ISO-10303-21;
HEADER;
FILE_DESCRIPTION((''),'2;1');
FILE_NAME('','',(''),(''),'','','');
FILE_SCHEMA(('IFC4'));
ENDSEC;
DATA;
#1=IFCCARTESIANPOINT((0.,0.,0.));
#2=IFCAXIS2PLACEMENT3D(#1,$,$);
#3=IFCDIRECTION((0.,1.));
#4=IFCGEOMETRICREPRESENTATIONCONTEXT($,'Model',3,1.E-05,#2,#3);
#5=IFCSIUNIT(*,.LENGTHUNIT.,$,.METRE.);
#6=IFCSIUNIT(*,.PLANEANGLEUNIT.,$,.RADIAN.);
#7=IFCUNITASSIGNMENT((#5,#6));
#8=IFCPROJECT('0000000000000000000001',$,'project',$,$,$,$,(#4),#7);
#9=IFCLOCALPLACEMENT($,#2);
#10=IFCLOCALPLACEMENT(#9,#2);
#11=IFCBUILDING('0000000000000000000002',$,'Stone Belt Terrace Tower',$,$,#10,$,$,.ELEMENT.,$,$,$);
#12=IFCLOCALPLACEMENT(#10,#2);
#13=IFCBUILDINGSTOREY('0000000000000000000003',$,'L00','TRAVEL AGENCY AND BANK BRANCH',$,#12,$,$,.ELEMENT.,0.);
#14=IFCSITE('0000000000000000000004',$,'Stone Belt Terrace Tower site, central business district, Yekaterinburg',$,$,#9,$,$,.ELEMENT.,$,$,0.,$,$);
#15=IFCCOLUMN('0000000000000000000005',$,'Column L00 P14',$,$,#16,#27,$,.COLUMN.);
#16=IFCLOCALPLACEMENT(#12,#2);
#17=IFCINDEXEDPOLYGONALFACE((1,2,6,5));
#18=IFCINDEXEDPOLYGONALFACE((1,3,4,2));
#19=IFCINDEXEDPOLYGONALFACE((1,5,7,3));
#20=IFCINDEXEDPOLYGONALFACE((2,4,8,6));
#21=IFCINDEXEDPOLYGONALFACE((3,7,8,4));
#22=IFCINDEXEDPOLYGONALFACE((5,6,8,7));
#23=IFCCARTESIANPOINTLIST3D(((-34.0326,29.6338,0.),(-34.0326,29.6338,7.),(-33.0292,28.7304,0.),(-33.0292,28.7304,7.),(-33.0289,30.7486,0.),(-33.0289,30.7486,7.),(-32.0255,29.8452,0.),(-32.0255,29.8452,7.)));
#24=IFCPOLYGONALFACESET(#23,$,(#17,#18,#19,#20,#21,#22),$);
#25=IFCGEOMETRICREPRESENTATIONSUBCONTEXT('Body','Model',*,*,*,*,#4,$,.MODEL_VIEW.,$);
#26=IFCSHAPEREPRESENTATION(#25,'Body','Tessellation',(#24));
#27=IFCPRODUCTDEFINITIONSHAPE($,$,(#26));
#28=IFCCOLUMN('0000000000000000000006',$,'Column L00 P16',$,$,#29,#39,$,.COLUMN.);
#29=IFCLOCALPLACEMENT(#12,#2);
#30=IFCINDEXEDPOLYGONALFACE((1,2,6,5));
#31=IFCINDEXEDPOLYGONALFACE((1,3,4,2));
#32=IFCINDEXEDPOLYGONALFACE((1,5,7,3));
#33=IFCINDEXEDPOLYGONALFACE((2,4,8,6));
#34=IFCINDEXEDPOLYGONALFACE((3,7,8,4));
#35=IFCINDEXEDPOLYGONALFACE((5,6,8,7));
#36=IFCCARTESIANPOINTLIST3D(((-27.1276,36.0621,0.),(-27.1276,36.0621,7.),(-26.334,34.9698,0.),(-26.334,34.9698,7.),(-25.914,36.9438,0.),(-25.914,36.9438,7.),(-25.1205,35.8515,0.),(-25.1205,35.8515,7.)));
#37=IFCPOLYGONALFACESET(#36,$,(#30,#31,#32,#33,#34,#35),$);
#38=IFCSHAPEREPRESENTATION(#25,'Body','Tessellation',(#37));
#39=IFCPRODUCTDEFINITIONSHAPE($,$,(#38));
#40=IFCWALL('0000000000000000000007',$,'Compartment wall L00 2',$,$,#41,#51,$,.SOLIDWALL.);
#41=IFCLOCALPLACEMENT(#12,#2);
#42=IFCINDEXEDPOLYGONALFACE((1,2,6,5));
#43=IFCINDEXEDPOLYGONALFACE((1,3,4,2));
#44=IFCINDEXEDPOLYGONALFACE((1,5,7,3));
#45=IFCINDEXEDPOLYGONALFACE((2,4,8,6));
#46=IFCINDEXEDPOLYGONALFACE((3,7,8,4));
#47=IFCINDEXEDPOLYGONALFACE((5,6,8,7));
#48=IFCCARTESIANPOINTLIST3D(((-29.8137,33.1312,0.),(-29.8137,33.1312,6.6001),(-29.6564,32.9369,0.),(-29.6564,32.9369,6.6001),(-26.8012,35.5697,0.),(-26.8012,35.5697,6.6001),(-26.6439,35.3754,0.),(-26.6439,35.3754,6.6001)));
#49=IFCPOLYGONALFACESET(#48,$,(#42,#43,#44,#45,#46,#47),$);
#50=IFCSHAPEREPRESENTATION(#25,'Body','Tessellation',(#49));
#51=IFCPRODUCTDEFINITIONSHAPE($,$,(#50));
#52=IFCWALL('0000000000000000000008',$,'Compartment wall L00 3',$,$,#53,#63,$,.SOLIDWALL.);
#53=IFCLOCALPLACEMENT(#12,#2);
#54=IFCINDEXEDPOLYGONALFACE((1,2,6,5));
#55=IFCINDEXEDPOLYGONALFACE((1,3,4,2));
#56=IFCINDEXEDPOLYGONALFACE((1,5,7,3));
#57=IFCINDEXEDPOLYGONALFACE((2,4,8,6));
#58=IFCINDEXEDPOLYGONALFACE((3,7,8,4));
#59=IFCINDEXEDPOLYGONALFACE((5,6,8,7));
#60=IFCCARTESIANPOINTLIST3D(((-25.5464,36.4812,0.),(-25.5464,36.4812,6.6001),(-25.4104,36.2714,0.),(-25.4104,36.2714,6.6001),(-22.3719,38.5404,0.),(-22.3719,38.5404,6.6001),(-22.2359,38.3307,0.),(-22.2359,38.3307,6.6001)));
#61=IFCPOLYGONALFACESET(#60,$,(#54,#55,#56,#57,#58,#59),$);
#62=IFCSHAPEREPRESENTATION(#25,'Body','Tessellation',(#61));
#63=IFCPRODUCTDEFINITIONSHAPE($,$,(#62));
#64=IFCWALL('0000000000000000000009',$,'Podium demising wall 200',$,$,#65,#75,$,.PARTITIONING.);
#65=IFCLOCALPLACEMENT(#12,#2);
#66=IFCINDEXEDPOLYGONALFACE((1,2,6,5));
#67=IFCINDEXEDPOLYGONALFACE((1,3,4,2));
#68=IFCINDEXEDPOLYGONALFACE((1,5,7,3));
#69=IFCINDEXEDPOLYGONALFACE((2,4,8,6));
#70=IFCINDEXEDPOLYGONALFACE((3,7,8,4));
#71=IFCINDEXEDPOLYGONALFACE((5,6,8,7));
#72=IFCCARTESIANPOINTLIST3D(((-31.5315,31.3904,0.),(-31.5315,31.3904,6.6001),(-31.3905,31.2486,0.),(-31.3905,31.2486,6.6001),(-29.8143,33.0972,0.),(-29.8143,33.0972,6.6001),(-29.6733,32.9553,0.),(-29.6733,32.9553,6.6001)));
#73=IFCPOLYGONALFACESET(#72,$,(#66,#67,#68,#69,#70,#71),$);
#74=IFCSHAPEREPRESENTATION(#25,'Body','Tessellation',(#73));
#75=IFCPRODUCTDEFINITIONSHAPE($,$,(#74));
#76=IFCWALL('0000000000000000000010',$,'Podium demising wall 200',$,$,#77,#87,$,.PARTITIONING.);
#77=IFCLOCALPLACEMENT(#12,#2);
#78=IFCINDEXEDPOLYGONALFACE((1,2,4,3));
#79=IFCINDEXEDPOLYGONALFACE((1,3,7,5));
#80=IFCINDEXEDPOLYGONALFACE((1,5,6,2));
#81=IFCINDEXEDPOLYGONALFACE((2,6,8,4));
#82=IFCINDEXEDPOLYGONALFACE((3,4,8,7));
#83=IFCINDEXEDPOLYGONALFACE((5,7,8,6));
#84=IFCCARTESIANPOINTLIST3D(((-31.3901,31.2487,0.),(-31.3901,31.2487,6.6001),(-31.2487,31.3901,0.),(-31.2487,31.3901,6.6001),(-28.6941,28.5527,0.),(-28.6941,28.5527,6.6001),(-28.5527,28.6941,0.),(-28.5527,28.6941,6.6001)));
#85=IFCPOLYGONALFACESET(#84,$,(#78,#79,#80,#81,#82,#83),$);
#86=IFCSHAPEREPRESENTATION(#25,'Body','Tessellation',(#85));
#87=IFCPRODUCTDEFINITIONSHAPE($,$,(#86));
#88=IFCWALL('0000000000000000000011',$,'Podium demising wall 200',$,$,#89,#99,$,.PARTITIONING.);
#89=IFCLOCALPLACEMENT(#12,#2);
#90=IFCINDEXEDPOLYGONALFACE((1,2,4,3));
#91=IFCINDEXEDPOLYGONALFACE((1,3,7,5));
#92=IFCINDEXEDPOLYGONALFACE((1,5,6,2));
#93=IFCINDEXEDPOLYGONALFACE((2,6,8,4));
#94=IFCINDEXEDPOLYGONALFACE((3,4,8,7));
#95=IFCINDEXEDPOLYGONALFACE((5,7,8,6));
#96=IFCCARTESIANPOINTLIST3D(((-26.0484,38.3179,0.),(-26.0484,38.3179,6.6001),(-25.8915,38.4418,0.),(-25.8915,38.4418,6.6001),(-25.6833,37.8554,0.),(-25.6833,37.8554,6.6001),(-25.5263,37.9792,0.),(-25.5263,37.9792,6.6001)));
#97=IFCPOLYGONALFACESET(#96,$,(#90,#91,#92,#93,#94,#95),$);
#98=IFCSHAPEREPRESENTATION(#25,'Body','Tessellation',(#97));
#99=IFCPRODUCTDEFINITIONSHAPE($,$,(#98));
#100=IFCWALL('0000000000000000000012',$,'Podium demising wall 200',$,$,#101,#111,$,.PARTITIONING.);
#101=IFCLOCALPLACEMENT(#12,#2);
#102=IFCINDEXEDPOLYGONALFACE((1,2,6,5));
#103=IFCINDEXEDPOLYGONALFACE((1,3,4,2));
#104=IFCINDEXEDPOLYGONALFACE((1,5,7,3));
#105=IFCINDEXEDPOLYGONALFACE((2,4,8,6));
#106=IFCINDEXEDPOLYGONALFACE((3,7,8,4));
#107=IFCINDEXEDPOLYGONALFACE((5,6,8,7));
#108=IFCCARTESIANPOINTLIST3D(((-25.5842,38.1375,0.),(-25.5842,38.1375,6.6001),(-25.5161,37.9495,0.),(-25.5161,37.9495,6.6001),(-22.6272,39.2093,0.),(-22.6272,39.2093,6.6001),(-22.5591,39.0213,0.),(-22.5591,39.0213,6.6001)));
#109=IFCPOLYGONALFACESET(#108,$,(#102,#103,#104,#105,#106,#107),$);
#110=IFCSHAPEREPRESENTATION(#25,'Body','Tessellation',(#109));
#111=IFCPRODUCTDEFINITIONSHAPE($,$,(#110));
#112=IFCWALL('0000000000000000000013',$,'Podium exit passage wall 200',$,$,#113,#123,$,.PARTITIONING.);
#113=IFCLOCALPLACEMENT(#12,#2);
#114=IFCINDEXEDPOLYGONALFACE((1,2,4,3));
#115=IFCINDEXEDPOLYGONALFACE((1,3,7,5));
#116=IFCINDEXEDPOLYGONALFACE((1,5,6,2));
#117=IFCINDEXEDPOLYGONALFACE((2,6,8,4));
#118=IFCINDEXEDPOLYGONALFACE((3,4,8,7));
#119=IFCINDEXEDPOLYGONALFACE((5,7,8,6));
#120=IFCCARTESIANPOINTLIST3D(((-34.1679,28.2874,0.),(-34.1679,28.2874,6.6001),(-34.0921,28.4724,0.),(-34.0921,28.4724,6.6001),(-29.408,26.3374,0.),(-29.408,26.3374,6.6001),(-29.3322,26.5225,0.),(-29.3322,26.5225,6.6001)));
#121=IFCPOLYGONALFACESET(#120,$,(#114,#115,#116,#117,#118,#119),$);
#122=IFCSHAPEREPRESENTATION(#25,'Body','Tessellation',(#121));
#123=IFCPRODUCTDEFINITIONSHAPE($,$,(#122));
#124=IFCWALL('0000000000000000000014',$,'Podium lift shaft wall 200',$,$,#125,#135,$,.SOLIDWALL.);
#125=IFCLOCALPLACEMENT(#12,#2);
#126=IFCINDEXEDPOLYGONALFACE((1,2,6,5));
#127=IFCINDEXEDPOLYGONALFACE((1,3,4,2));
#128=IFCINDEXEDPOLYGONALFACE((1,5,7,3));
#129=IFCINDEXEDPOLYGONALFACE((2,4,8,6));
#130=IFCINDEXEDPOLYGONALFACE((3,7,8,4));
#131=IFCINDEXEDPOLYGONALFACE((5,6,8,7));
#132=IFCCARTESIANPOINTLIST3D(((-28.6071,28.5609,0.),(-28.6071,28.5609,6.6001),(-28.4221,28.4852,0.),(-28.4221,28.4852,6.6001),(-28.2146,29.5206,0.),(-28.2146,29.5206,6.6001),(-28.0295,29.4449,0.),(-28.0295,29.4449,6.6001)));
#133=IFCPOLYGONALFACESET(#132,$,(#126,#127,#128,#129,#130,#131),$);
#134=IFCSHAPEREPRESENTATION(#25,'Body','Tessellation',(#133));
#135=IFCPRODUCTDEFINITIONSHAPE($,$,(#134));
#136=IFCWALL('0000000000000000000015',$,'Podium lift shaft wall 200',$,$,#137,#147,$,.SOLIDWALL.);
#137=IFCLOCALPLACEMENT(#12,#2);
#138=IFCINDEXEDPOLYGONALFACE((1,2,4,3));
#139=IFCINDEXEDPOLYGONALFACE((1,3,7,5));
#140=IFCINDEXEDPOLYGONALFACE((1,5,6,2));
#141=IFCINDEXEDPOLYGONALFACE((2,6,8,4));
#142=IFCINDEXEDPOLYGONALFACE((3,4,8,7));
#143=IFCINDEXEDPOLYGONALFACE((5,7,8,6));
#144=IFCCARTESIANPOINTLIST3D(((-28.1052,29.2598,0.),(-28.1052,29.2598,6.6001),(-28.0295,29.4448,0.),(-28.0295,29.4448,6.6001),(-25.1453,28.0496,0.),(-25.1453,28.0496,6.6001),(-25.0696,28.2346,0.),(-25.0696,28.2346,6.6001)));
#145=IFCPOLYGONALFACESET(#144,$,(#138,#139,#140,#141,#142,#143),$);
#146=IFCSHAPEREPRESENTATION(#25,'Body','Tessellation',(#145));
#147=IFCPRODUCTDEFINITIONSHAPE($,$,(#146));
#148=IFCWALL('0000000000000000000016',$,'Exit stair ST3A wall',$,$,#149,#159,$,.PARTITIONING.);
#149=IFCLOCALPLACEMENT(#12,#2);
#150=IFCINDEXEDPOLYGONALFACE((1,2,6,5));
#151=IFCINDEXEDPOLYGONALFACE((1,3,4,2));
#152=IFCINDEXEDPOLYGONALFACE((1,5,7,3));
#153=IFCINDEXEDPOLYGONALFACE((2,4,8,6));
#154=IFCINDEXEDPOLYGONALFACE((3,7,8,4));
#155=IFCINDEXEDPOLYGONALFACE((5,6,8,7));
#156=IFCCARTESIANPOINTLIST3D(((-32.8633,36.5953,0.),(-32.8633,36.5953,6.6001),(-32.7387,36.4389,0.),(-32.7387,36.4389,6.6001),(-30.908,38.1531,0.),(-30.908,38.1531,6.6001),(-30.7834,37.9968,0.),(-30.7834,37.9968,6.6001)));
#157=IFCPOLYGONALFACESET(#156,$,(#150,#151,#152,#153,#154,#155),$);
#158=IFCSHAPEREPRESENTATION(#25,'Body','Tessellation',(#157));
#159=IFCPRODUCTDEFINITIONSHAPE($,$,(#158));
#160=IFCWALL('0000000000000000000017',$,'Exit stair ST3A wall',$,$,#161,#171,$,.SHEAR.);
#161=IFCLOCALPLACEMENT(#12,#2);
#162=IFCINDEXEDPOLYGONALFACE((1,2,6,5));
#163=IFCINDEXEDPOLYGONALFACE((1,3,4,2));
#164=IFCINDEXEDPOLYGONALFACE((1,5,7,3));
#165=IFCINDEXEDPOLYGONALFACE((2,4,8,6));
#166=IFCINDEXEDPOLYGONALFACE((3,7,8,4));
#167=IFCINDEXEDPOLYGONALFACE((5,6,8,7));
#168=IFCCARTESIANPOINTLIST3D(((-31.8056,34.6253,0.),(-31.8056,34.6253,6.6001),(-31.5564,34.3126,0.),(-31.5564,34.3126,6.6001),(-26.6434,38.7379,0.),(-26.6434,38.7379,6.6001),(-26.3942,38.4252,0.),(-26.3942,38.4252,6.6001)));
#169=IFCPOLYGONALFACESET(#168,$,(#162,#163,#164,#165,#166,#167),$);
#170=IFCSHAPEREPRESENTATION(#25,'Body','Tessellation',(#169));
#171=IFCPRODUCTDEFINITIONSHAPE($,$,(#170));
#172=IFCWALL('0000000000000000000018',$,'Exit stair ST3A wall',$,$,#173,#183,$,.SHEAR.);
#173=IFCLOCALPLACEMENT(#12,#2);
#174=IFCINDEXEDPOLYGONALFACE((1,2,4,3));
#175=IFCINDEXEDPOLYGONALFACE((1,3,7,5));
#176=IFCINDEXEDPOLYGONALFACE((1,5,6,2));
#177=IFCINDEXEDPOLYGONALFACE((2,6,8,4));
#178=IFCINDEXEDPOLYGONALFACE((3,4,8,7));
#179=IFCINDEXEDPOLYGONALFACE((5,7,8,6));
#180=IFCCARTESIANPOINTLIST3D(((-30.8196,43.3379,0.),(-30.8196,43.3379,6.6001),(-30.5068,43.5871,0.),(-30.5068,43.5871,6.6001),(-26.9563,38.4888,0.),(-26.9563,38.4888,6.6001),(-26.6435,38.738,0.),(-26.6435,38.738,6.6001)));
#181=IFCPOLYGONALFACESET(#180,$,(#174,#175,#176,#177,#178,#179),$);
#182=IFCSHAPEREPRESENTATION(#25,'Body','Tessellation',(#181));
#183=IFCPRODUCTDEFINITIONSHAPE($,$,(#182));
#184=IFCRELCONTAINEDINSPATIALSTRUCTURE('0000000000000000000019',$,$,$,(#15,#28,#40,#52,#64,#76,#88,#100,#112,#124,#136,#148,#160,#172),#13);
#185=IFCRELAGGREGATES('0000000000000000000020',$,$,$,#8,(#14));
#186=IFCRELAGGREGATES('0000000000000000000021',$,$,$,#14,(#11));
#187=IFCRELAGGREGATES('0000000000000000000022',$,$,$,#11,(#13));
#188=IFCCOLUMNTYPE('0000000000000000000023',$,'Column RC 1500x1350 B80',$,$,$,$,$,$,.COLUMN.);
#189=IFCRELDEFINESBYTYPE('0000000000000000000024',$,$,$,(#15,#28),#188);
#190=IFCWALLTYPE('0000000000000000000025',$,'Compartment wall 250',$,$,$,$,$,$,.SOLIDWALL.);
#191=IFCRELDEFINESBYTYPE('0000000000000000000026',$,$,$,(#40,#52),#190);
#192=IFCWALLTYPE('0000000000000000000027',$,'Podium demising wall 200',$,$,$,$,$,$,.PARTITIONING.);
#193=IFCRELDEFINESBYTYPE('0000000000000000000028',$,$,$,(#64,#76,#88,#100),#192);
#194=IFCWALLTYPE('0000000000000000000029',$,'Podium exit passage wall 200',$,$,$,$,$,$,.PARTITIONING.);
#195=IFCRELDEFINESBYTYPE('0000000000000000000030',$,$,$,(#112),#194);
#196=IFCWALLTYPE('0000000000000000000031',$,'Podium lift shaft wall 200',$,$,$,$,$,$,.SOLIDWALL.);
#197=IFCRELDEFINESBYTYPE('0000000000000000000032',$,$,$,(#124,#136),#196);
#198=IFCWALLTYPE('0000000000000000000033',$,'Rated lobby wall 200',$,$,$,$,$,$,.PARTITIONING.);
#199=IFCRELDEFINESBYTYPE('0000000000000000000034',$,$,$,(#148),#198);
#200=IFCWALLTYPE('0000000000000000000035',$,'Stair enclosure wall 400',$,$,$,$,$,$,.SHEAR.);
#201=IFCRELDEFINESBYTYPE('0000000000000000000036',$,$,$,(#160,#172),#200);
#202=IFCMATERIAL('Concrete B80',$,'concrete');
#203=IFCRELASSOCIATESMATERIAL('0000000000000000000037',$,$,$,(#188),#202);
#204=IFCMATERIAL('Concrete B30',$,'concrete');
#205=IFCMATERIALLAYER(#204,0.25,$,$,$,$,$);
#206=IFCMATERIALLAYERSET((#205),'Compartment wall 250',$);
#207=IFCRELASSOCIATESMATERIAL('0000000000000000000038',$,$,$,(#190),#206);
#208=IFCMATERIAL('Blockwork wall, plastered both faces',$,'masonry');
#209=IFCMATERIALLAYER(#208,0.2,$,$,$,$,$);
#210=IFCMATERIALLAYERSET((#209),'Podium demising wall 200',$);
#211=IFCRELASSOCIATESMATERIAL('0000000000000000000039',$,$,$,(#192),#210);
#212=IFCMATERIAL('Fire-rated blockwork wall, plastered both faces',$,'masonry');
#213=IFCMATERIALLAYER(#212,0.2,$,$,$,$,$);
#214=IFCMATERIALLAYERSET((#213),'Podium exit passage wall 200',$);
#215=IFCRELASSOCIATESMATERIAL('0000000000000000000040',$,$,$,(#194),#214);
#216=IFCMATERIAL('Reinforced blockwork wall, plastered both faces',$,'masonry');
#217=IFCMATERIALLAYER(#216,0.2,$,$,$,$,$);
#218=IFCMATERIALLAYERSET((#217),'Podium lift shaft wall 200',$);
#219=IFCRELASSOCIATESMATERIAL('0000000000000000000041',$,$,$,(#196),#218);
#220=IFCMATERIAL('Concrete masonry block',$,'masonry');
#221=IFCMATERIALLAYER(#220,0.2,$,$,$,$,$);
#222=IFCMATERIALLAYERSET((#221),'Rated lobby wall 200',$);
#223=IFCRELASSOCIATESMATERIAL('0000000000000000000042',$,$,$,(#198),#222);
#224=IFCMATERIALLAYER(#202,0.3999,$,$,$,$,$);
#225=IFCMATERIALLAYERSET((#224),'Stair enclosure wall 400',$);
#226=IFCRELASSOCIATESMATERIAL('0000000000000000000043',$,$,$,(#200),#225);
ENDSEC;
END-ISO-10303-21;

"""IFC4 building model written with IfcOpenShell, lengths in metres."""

from ifc_helpers import new_model, si_unit, direction, frame, frame_2d, origin, origin_2d, place, context, subcontext, project, spatial, rectangle, extrude, material, layer, layer_set, material_profile, profile_set, type_object, element, save


model = new_model("IFC4")

# Units and contexts
model_context = context("Model", 3, precision=1e-05, world=origin(), true_north=direction((0.0, 1.0)))
body_context = subcontext(model_context, "Body", "Model", "MODEL_VIEW")
ifc_project = project(units=[si_unit("LENGTHUNIT", "METRE"), si_unit("PLANEANGLEUNIT", "RADIAN")], contexts=[model_context])

# Site, building, storey
site_placement = place(None, origin())
site = spatial("IfcSite", under=ifc_project, at=site_placement, Name="Stone Belt Terrace Tower site, central business district, Yekaterinburg", CompositionType="ELEMENT", RefElevation=0.0)
building_placement = place(site_placement, origin())
building = spatial("IfcBuilding", under=site, at=building_placement, Name="Stone Belt Terrace Tower", CompositionType="ELEMENT")
storey_placement = place(building_placement, origin())
storey = spatial("IfcBuildingStorey", under=building, at=storey_placement, Name="L00", Description="TRAVEL AGENCY AND BANK BRANCH", CompositionType="ELEMENT", Elevation=0.0)

# Columns
ifc_material_1 = material(Name="Concrete B80", Category="concrete")
ifc_material_profile = material_profile(ifc_material_1, rectangle(XDim=1.5, YDim=1.3501, at=origin_2d()), Name="RC 1500x1350")
ifc_profile_set = profile_set([ifc_material_profile], Name="Concrete B80")
column_type = type_object("IfcColumnType", Name="Column RC 1500x1350 B80", PredefinedType="COLUMN", material=ifc_profile_set)
for number, where, z_axis, x_axis, name in (
    (1, (-33.0291, 29.7395, 0.0), (0.0, 0.0, 1.0), (0.669131, 0.743145, 0.0), "Column L00 P14"),
    (2, (-26.124, 35.9568, 0.0), (0.0, 0.0, 1.0), (0.809017, 0.587785, 0.0), "Column L00 P16"),
):
    element("IfcColumn", number, at=place(storey_placement, frame(where, z_axis=z_axis, x_axis=x_axis)), inside=storey, type_object=column_type, Name=name, PredefinedType="COLUMN", context=body_context, shape_type="SweptSolid", body=[
        extrude(rectangle(XDim=1.5, YDim=1.3501, at=origin_2d()), origin(), (0.0, 0.0, 1.0), 7.0),
    ])

# Walls
ifc_material_2 = material(Name="Concrete B30", Category="concrete")
ifc_layer_1 = layer(ifc_material_2, 0.25)
ifc_layer_set_1 = layer_set([ifc_layer_1], Name="Compartment wall 250")
wall_type_1 = type_object("IfcWallType", Name="Compartment wall 250", PredefinedType="SOLIDWALL", material=ifc_layer_set_1)
wall_1_placement = place(storey_placement, frame((-29.7351, 33.0339, 0.0), z_axis=(0.0, 0.0, 1.0), x_axis=(0.777267, 0.629171, 0.0)))
element("IfcWall", 3, at=wall_1_placement, inside=storey, type_object=wall_type_1, Name="Compartment wall L00 2", PredefinedType="SOLIDWALL", context=body_context, shape_type="SweptSolid", body=[
    extrude(rectangle(XDim=3.8757, YDim=0.25, at=frame_2d((1.938, 0.0))), origin(), (0.0, 0.0, 1.0), 6.6001),
])
wall_2_placement = place(storey_placement, frame((-25.4785, 36.3762, 0.0), z_axis=(0.0, 0.0, 1.0), x_axis=(0.838943, 0.544219, 0.0)))
element("IfcWall", 4, at=wall_2_placement, inside=storey, type_object=wall_type_1, Name="Compartment wall L00 3", PredefinedType="SOLIDWALL", context=body_context, shape_type="SweptSolid", body=[
    extrude(rectangle(XDim=3.7839, YDim=0.25, at=frame_2d((1.8921, 0.0))), origin(), (0.0, 0.0, 1.0), 6.6001),
])
ifc_material_3 = material(Name="Blockwork wall, plastered both faces", Category="masonry")
ifc_layer_2 = layer(ifc_material_3, 0.2)
ifc_layer_set_2 = layer_set([ifc_layer_2], Name="Podium demising wall 200")
wall_type_2 = type_object("IfcWallType", Name="Podium demising wall 200", PredefinedType="PARTITIONING", material=ifc_layer_set_2)
wall_3_placement = place(storey_placement, frame((-31.4609, 31.3196, 0.0), z_axis=(0.0, 0.0, 1.0), x_axis=(0.709271, 0.704936, 0.0)))
element("IfcWall", 5, at=wall_3_placement, inside=storey, type_object=wall_type_2, Name="Podium demising wall 200", PredefinedType="PARTITIONING", context=body_context, shape_type="SweptSolid", body=[
    extrude(rectangle(XDim=2.4211, YDim=0.2, at=frame_2d((1.2104, 0.0))), origin(), (0.0, 0.0, 1.0), 6.6001),
])
wall_4_placement = place(storey_placement, frame((-31.3193, 31.3193, 0.0), z_axis=(0.0, 0.0, 1.0), x_axis=(0.707107, -0.707107, 0.0)))
element("IfcWall", 6, at=wall_4_placement, inside=storey, type_object=wall_type_2, Name="Podium demising wall 200", PredefinedType="PARTITIONING", context=body_context, shape_type="SweptSolid", body=[
    extrude(rectangle(XDim=3.8127, YDim=0.2, at=frame_2d((1.9062, 0.0))), origin(), (0.0, 0.0, 1.0), 6.6001),
])
wall_5_placement = place(storey_placement, frame((-25.97, 38.3799, 0.0), z_axis=(0.0, 0.0, 1.0), x_axis=(0.619631, -0.784893, 0.0)))
element("IfcWall", 7, at=wall_5_placement, inside=storey, type_object=wall_type_2, Name="Podium demising wall 200", PredefinedType="PARTITIONING", context=body_context, shape_type="SweptSolid", body=[
    extrude(rectangle(XDim=0.5894, YDim=0.2, at=frame_2d((0.2947, 0.0))), origin(), (0.0, 0.0, 1.0), 6.6001),
])
wall_6_placement = place(storey_placement, frame((-25.5503, 38.0435, 0.0), z_axis=(0.0, 0.0, 1.0), x_axis=(0.940151, 0.340758, 0.0)))
element("IfcWall", 8, at=wall_6_placement, inside=storey, type_object=wall_type_2, Name="Podium demising wall 200", PredefinedType="PARTITIONING", context=body_context, shape_type="SweptSolid", body=[
    extrude(rectangle(XDim=3.1453, YDim=0.2, at=frame_2d((1.5728, 0.0))), origin(), (0.0, 0.0, 1.0), 6.6001),
])
ifc_material_4 = material(Name="Fire-rated blockwork wall, plastered both faces", Category="masonry")
ifc_layer_3 = layer(ifc_material_4, 0.2)
ifc_layer_set_3 = layer_set([ifc_layer_3], Name="Podium exit passage wall 200")
wall_type_3 = type_object("IfcWallType", Name="Podium exit passage wall 200", PredefinedType="PARTITIONING", material=ifc_layer_set_3)
wall_7_placement = place(storey_placement, frame((-34.1299, 28.3799, 0.0), z_axis=(0.0, 0.0, 1.0), x_axis=(0.925358, -0.379095, 0.0)))
element("IfcWall", 9, at=wall_7_placement, inside=storey, type_object=wall_type_3, Name="Podium exit passage wall 200", PredefinedType="PARTITIONING", context=body_context, shape_type="SweptSolid", body=[
    extrude(rectangle(XDim=5.1438, YDim=0.2, at=frame_2d((2.5718, 0.0))), origin(), (0.0, 0.0, 1.0), 6.6001),
])
ifc_material_5 = material(Name="Reinforced blockwork wall, plastered both faces", Category="masonry")
ifc_layer_4 = layer(ifc_material_5, 0.2)
ifc_layer_set_4 = layer_set([ifc_layer_4], Name="Podium lift shaft wall 200")
wall_type_4 = type_object("IfcWallType", Name="Podium lift shaft wall 200", PredefinedType="SOLIDWALL", material=ifc_layer_set_4)
wall_8_placement = place(storey_placement, frame((-28.5146, 28.5229, 0.0), z_axis=(0.0, 0.0, 1.0), x_axis=(0.378605, 0.925558, 0.0)))
element("IfcWall", 10, at=wall_8_placement, inside=storey, type_object=wall_type_4, Name="Podium lift shaft wall 200", PredefinedType="SOLIDWALL", context=body_context, shape_type="SweptSolid", body=[
    extrude(rectangle(XDim=1.0369, YDim=0.2, at=frame_2d((0.5186, 0.0))), origin(), (0.0, 0.0, 1.0), 6.6001),
])
wall_9_placement = place(storey_placement, frame((-28.0674, 29.3523, 0.0), z_axis=(0.0, 0.0, 1.0), x_axis=(0.925622, -0.378449, 0.0)))
element("IfcWall", 11, at=wall_9_placement, inside=storey, type_object=wall_type_4, Name="Podium lift shaft wall 200", PredefinedType="SOLIDWALL", context=body_context, shape_type="SweptSolid", body=[
    extrude(rectangle(XDim=3.1978, YDim=0.2, at=frame_2d((1.5989, 0.0))), origin(), (0.0, 0.0, 1.0), 6.6001),
])
ifc_material_6 = material(Name="Concrete masonry block", Category="masonry")
ifc_layer_5 = layer(ifc_material_6, 0.2)
ifc_layer_set_5 = layer_set([ifc_layer_5], Name="Rated lobby wall 200")
wall_type_5 = type_object("IfcWallType", Name="Rated lobby wall 200", PredefinedType="PARTITIONING", material=ifc_layer_set_5)
wall_10_placement = place(storey_placement, frame((-30.8457, 38.075, 0.0), z_axis=(0.0, 0.0, 1.0), x_axis=(-0.782115, -0.623134, 0.0)))
element("IfcWall", 12, at=wall_10_placement, inside=storey, type_object=wall_type_5, Name="Exit stair ST3A wall", PredefinedType="PARTITIONING", context=body_context, shape_type="SweptSolid", body=[
    extrude(rectangle(XDim=2.5, YDim=0.2, at=frame_2d((1.25, 0.0))), origin(), (0.0, 0.0, 1.0), 6.6001),
])
ifc_layer_6 = layer(ifc_material_1, 0.3999)
ifc_layer_set_6 = layer_set([ifc_layer_6], Name="Stair enclosure wall 400")
wall_type_6 = type_object("IfcWallType", Name="Stair enclosure wall 400", PredefinedType="SHEAR", material=ifc_layer_set_6)
wall_11_placement = place(storey_placement, frame((-26.5188, 38.5815, 0.0), z_axis=(0.0, 0.0, 1.0), x_axis=(-0.782134, -0.62311, 0.0)))
element("IfcWall", 13, at=wall_11_placement, inside=storey, type_object=wall_type_6, Name="Exit stair ST3A wall", PredefinedType="SHEAR", context=body_context, shape_type="SweptSolid", body=[
    extrude(rectangle(XDim=6.6001, YDim=0.3999, at=frame_2d((3.3, 0.0))), origin(), (0.0, 0.0, 1.0), 6.6001),
])
wall_12_placement = place(storey_placement, frame((-26.7998, 38.6133, 0.0), z_axis=(0.0, 0.0, 1.0), x_axis=(-0.623119, 0.782127, 0.0)))
element("IfcWall", 14, at=wall_12_placement, inside=storey, type_object=wall_type_6, Name="Exit stair ST3A wall", PredefinedType="SHEAR", context=body_context, shape_type="SweptSolid", body=[
    extrude(rectangle(XDim=6.2, YDim=0.3999, at=frame_2d((3.1001, 0.0))), origin(), (0.0, 0.0, 1.0), 6.6001),
])

save(model, "model.ifc")
